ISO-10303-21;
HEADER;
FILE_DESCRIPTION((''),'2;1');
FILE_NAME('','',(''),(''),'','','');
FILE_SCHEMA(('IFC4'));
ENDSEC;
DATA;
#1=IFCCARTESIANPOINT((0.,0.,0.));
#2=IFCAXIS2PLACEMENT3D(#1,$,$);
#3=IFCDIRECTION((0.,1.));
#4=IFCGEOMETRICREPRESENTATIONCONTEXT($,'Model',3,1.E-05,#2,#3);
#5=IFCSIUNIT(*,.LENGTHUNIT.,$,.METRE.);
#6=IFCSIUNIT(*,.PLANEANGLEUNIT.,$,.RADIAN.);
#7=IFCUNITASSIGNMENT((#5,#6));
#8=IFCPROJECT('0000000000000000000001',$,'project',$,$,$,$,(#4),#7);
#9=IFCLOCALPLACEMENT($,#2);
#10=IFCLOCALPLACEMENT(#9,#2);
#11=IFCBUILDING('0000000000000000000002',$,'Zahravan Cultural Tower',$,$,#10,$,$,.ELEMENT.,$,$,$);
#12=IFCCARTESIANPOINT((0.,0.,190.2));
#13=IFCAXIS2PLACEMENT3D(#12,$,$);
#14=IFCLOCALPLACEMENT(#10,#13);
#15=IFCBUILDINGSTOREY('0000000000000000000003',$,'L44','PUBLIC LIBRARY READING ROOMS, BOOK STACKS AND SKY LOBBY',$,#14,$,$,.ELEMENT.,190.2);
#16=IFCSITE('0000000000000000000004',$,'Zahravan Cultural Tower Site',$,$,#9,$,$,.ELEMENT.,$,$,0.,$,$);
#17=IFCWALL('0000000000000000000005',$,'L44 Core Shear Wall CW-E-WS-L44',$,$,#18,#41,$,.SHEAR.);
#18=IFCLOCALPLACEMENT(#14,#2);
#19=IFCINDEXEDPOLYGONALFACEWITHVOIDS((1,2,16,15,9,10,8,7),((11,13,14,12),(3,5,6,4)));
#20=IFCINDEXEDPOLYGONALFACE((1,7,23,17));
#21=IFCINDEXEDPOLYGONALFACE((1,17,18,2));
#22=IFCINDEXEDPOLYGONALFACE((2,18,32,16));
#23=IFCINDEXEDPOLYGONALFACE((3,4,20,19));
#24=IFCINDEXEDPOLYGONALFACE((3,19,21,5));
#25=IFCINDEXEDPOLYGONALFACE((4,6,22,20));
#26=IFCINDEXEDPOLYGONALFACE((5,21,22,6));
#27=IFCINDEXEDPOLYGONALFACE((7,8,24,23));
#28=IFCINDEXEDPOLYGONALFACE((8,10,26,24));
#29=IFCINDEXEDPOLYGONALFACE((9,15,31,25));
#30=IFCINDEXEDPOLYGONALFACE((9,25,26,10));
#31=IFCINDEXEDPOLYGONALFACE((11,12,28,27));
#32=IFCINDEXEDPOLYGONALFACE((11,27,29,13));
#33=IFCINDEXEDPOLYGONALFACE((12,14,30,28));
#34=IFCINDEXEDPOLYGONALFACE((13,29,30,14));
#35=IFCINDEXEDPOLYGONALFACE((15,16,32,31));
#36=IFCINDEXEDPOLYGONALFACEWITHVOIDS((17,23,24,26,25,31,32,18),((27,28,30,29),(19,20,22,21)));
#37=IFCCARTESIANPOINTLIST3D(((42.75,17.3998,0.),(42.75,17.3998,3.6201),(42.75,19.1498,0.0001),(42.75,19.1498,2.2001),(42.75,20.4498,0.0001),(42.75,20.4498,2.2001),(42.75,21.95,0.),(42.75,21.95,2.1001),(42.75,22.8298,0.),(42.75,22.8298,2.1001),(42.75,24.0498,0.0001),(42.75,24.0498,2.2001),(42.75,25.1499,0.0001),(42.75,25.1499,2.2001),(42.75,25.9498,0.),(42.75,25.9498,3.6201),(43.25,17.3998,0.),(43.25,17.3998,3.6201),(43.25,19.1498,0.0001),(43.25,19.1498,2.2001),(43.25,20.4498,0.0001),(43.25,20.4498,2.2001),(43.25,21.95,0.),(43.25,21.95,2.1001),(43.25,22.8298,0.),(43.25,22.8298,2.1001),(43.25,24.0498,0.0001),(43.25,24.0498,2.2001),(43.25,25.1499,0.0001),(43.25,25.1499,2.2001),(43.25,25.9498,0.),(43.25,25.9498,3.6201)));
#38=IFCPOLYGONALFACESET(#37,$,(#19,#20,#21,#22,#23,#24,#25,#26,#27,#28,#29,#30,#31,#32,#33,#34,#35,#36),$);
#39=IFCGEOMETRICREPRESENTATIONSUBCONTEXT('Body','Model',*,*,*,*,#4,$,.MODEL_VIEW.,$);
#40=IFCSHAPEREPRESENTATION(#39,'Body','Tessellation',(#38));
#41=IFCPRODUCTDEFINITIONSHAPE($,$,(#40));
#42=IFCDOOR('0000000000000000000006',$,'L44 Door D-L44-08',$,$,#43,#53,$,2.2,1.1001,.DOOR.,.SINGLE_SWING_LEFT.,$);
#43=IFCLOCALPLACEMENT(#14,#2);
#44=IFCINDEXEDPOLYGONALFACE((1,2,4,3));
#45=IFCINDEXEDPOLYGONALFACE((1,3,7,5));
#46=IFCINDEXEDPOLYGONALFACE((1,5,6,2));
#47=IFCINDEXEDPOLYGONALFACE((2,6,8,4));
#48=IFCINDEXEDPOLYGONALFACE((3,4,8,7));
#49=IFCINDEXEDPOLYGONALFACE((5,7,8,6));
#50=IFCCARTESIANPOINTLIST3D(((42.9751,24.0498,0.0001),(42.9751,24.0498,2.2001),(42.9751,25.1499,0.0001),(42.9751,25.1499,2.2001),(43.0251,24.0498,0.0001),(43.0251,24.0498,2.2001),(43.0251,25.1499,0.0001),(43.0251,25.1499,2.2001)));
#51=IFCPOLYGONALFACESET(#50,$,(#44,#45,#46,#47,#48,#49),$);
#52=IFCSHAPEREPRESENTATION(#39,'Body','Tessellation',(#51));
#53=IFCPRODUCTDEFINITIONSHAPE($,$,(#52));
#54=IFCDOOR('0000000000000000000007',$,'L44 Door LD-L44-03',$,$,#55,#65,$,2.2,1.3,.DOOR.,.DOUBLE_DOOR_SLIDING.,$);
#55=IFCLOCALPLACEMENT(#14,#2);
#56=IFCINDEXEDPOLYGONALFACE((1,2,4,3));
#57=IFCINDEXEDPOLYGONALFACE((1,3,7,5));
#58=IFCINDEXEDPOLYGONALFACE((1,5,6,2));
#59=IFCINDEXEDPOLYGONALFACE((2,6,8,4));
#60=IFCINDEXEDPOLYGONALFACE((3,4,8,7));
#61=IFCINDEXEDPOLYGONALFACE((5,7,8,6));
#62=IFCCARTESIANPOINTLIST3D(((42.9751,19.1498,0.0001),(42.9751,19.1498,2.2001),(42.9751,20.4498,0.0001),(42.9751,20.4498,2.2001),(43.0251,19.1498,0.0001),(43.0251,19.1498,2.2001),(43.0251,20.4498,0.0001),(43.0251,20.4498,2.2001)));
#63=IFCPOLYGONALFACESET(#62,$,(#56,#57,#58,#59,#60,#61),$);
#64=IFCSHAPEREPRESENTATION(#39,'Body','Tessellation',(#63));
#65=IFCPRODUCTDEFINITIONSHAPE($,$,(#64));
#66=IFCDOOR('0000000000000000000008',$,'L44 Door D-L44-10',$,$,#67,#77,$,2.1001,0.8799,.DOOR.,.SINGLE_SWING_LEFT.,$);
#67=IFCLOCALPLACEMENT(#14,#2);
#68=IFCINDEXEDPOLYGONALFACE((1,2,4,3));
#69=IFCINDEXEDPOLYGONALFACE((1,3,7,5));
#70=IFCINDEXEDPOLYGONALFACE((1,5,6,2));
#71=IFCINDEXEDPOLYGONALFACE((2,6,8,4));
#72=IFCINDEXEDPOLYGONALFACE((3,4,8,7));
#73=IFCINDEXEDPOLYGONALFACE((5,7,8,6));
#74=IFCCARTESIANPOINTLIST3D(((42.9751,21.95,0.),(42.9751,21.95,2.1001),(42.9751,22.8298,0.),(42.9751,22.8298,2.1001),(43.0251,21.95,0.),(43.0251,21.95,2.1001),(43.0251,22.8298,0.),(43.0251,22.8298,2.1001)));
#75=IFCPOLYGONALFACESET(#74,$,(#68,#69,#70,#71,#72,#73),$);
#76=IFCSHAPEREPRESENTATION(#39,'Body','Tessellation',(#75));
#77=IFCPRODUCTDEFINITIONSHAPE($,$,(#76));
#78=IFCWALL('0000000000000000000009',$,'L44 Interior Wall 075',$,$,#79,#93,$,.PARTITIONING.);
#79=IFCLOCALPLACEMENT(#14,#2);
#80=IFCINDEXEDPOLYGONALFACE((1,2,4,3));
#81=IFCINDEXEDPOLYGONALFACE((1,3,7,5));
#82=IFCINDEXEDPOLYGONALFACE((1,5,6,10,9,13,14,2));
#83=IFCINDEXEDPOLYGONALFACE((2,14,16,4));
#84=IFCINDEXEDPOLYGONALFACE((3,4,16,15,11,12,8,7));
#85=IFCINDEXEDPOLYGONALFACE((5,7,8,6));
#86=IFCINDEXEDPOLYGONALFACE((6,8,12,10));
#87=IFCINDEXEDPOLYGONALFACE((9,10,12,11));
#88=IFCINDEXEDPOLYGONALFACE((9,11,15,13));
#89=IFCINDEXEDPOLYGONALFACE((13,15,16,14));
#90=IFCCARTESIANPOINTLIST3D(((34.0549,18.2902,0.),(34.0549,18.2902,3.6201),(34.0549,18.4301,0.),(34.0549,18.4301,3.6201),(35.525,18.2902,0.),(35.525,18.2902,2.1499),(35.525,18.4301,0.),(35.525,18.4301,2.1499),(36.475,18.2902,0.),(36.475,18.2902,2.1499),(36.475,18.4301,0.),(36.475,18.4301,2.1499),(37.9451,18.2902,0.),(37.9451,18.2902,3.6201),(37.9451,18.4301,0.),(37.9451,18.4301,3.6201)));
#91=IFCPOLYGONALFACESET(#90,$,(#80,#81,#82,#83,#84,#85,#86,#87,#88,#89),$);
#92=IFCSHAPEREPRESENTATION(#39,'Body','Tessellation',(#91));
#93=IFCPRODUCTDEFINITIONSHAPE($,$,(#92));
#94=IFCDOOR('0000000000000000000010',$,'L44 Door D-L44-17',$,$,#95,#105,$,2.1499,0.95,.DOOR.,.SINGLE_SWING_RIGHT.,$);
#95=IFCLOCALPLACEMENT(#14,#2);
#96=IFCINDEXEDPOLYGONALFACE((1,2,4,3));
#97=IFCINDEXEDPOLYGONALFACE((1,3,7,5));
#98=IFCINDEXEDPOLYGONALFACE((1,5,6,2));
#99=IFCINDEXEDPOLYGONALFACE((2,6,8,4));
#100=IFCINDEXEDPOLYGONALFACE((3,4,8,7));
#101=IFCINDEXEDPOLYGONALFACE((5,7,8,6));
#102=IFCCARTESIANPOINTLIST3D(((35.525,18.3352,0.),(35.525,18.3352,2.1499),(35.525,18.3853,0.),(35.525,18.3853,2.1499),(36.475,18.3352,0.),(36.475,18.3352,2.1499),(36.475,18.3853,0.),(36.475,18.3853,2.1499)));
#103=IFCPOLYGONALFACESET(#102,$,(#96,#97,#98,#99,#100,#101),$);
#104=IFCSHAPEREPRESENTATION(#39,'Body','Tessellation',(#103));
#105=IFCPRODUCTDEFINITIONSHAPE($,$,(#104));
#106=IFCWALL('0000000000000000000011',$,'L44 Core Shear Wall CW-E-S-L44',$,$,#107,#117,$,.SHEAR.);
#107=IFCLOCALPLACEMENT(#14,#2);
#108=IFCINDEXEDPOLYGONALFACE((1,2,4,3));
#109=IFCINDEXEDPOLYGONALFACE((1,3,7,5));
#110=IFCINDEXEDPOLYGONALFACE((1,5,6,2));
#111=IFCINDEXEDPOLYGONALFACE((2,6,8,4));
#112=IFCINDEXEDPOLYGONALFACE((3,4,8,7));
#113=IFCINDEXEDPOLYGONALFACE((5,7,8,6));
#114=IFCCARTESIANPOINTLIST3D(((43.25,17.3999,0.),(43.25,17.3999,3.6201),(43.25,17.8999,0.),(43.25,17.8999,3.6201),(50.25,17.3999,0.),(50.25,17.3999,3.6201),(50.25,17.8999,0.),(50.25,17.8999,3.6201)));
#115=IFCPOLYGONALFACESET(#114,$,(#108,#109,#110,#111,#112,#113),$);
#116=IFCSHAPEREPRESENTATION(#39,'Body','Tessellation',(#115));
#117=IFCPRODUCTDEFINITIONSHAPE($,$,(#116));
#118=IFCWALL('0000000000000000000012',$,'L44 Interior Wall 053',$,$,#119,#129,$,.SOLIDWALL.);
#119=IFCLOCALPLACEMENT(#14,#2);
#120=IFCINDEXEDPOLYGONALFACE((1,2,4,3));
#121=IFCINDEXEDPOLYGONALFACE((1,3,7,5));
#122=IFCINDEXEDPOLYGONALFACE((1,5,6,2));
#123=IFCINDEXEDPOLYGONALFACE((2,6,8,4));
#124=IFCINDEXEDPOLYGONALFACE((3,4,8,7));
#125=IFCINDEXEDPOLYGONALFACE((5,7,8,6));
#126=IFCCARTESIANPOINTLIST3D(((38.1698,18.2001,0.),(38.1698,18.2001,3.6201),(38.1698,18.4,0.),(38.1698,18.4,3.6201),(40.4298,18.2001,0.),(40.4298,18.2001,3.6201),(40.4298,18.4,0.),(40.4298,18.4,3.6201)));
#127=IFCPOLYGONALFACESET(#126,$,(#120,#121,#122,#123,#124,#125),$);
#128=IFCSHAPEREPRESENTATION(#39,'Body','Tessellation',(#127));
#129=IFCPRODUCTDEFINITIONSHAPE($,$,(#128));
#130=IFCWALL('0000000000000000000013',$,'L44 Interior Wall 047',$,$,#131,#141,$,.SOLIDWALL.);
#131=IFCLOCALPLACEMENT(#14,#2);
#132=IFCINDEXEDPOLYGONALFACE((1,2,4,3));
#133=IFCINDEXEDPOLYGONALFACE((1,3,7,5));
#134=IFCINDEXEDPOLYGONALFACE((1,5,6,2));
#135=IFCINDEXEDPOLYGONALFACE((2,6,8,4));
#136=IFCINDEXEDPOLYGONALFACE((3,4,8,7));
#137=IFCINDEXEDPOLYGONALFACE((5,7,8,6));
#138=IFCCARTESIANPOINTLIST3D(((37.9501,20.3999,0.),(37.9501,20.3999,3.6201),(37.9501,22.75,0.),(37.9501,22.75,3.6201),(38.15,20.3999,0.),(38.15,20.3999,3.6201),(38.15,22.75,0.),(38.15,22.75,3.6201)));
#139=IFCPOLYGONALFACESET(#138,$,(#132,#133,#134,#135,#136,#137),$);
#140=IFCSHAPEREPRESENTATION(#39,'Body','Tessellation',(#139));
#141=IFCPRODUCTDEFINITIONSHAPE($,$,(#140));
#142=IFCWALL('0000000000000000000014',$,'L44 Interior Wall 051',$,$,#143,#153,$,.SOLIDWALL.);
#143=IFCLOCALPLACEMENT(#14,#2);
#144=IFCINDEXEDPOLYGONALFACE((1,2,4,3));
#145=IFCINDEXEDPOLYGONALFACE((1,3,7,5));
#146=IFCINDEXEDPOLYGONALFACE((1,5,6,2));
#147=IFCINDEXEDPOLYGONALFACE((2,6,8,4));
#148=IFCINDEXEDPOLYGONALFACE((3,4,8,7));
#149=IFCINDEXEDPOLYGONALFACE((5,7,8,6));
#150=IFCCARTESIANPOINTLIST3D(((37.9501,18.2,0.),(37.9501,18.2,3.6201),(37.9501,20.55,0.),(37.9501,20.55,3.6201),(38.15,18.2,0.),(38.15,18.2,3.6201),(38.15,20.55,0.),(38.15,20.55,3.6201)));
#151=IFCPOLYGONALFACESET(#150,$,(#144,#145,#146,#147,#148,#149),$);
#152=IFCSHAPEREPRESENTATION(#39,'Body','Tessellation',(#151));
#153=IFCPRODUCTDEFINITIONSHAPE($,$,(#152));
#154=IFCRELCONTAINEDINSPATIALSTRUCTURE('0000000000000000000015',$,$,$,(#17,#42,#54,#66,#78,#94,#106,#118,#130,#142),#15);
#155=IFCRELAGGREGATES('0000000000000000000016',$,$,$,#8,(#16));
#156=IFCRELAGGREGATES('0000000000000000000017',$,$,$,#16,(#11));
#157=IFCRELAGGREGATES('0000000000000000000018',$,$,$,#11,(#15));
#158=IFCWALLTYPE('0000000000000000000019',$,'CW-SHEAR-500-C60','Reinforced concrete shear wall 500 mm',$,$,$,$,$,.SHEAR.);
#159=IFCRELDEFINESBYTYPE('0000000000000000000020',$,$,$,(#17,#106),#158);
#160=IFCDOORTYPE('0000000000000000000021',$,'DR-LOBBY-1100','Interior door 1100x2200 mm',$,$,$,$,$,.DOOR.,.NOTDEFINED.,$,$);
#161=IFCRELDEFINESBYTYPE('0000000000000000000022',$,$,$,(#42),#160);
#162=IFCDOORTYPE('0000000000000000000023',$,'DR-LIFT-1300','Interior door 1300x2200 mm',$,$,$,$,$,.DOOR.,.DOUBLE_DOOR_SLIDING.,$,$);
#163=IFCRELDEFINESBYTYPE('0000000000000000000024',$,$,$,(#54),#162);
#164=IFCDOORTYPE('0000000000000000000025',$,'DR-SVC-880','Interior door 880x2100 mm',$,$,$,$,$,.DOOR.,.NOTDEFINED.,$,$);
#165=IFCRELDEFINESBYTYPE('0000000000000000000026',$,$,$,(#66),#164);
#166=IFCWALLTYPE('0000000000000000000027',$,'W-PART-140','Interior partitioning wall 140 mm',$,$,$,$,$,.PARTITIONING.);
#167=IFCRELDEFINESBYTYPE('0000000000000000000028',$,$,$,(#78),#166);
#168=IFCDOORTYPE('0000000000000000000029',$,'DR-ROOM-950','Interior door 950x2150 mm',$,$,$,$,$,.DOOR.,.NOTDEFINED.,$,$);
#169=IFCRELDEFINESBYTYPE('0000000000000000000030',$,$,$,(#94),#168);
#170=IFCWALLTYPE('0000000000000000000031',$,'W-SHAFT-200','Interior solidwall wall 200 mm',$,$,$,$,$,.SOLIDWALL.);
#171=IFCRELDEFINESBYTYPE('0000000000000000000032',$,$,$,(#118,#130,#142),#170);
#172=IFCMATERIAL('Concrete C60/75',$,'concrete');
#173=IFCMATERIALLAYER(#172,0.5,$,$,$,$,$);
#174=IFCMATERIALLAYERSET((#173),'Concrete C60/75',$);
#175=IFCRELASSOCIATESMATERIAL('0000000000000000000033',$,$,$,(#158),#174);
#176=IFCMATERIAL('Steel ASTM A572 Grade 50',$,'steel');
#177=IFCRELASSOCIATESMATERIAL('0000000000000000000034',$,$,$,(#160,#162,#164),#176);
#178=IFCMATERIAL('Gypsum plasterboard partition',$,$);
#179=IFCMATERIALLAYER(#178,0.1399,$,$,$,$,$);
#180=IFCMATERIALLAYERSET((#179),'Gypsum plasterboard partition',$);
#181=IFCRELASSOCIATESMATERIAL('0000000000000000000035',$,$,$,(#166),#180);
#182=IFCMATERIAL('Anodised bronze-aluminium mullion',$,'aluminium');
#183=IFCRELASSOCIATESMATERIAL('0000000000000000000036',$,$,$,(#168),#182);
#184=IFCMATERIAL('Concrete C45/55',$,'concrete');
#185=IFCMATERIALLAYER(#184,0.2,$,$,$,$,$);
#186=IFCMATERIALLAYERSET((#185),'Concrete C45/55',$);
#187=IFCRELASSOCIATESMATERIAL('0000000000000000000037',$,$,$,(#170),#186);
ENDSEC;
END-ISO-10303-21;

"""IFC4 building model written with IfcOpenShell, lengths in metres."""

from ifc_helpers import new_model, si_unit, direction, frame, frame_2d, origin, place, context, subcontext, project, spatial, rectangle, extrude, source, transform, mapped, material, layer, layer_set, type_object, element, fill, save


model = new_model("IFC4")

# Units and contexts
model_context = context("Model", 3, precision=1e-05, world=origin(), true_north=direction((0.0, 1.0)))
body_context = subcontext(model_context, "Body", "Model", "MODEL_VIEW")
ifc_project = project(units=[si_unit("LENGTHUNIT", "METRE"), si_unit("PLANEANGLEUNIT", "RADIAN")], contexts=[model_context])

# Site, building, storey
site_placement = place(None, origin())
site = spatial("IfcSite", under=ifc_project, at=site_placement, Name="Zahravan Cultural Tower Site", CompositionType="ELEMENT", RefElevation=0.0)
building_placement = place(site_placement, origin())
building = spatial("IfcBuilding", under=site, at=building_placement, Name="Zahravan Cultural Tower", CompositionType="ELEMENT")
storey_placement = place(building_placement, frame((0.0, 0.0, 190.2)))
storey = spatial("IfcBuildingStorey", under=building, at=storey_placement, Name="L44", Description="PUBLIC LIBRARY READING ROOMS, BOOK STACKS AND SKY LOBBY", CompositionType="ELEMENT", Elevation=190.2)

# Wall, openings, doors
ifc_material_1 = material(Name="Concrete C60/75", Category="concrete")
ifc_layer_1 = layer(ifc_material_1, 0.5)
ifc_layer_set_1 = layer_set([ifc_layer_1], Name="Concrete C60/75")
wall_type_1 = type_object("IfcWallType", Name="CW-SHEAR-500-C60", Description="Reinforced concrete shear wall 500 mm", PredefinedType="SHEAR", material=ifc_layer_set_1)
wall_1_placement = place(storey_placement, frame((43.0, 17.3999, 0.0), z_axis=(0.0, 0.0, 1.0), x_axis=(0.0, 1.0, 0.0)))
wall_1 = element("IfcWall", 1, at=wall_1_placement, inside=storey, type_object=wall_type_1, Name="L44 Core Shear Wall CW-E-WS-L44", PredefinedType="SHEAR", context=body_context, shape_type="SweptSolid", body=[
    extrude(rectangle(XDim=8.55, YDim=0.5, at=frame_2d((4.2749, 0.0))), origin(), (0.0, 0.0, 1.0), 3.6201),
])
opening_1_placement = place(wall_1_placement, frame((6.6499, 0.0, 0.0)))
opening_1 = element("IfcOpeningElement", 2, at=opening_1_placement, cuts=wall_1, PredefinedType="OPENING", context=body_context, shape_type="SweptSolid", body=[
    extrude(rectangle(XDim=1.1001, YDim=2.2, at=frame_2d((0.55, 1.1001))), frame((0.0, 0.26, 0.0), z_axis=(0.0, -1.0, 0.0), x_axis=(1.0, 0.0, 0.0)), (0.0, 0.0, 1.0), 0.52),
])
opening_2_placement = place(wall_1_placement, frame((1.75, 0.0, 0.0)))
opening_2 = element("IfcOpeningElement", 3, at=opening_2_placement, cuts=wall_1, PredefinedType="OPENING", context=body_context, shape_type="SweptSolid", body=[
    extrude(rectangle(XDim=1.3, YDim=2.2, at=frame_2d((0.6499, 1.1001))), frame((0.0, 0.26, 0.0), z_axis=(0.0, -1.0, 0.0), x_axis=(1.0, 0.0, 0.0)), (0.0, 0.0, 1.0), 0.52),
])
opening_3_placement = place(wall_1_placement, frame((4.55, 0.0, 0.0)))
opening_3 = element("IfcOpeningElement", 4, at=opening_3_placement, cuts=wall_1, PredefinedType="OPENING", context=body_context, shape_type="SweptSolid", body=[
    extrude(rectangle(XDim=0.8799, YDim=2.1001, at=frame_2d((0.4399, 1.05))), frame((0.0, 0.26, 0.0), z_axis=(0.0, -1.0, 0.0), x_axis=(1.0, 0.0, 0.0)), (0.0, 0.0, 1.0), 0.52),
])
ifc_material_2 = material(Name="Steel ASTM A572 Grade 50", Category="steel")
door_type_1 = type_object("IfcDoorType", Name="DR-LOBBY-1100", Description="Interior door 1100x2200 mm", OperationType="NOTDEFINED", PredefinedType="DOOR", material=ifc_material_2)
shared_shape_1 = source(origin(), body_context, "Body", "SweptSolid", [
    extrude(rectangle(XDim=1.1001, YDim=2.2, at=frame_2d((0.55, 1.1001))), frame((0.0, 0.0249, 0.0), z_axis=(0.0, -1.0, 0.0), x_axis=(1.0, 0.0, 0.0)), (0.0, 0.0, 1.0), 0.05),
])
door_1_placement = place(opening_1_placement, origin())
door_1 = element("IfcDoor", 5, at=door_1_placement, inside=storey, type_object=door_type_1, Name="L44 Door D-L44-08", OperationType="SINGLE_SWING_LEFT", OverallHeight=2.2, OverallWidth=1.1001, PredefinedType="DOOR", context=body_context, shape_type="MappedRepresentation", body=[
    mapped(shared_shape_1, transform((0.0, 0.0, 0.0), x_axis=(1.0, 0.0, 0.0), y_axis=(0.0, 1.0, 0.0), z_axis=(0.0, 0.0, 1.0), scale=1.0)),
])
fill(opening_1, door_1)
door_type_2 = type_object("IfcDoorType", Name="DR-LIFT-1300", Description="Interior door 1300x2200 mm", OperationType="DOUBLE_DOOR_SLIDING", PredefinedType="DOOR", material=ifc_material_2)
shared_shape_2 = source(origin(), body_context, "Body", "SweptSolid", [
    extrude(rectangle(XDim=1.3, YDim=2.2, at=frame_2d((0.6499, 1.1001))), frame((0.0, 0.0249, 0.0), z_axis=(0.0, -1.0, 0.0), x_axis=(1.0, 0.0, 0.0)), (0.0, 0.0, 1.0), 0.05),
])
door_2_placement = place(opening_2_placement, origin())
door_2 = element("IfcDoor", 6, at=door_2_placement, inside=storey, type_object=door_type_2, Name="L44 Door LD-L44-03", OperationType="DOUBLE_DOOR_SLIDING", OverallHeight=2.2, OverallWidth=1.3, PredefinedType="DOOR", context=body_context, shape_type="MappedRepresentation", body=[
    mapped(shared_shape_2, transform((0.0, 0.0, 0.0), x_axis=(1.0, 0.0, 0.0), y_axis=(0.0, 1.0, 0.0), z_axis=(0.0, 0.0, 1.0), scale=1.0)),
])
fill(opening_2, door_2)
door_type_3 = type_object("IfcDoorType", Name="DR-SVC-880", Description="Interior door 880x2100 mm", OperationType="NOTDEFINED", PredefinedType="DOOR", material=ifc_material_2)
shared_shape_3 = source(origin(), body_context, "Body", "SweptSolid", [
    extrude(rectangle(XDim=0.8799, YDim=2.1001, at=frame_2d((0.4399, 1.05))), frame((0.0, 0.0249, 0.0), z_axis=(0.0, -1.0, 0.0), x_axis=(1.0, 0.0, 0.0)), (0.0, 0.0, 1.0), 0.05),
])
door_3_placement = place(opening_3_placement, origin())
door_3 = element("IfcDoor", 7, at=door_3_placement, inside=storey, type_object=door_type_3, Name="L44 Door D-L44-10", OperationType="SINGLE_SWING_LEFT", OverallHeight=2.1001, OverallWidth=0.8799, PredefinedType="DOOR", context=body_context, shape_type="MappedRepresentation", body=[
    mapped(shared_shape_3, transform((0.0, 0.0, 0.0), x_axis=(1.0, 0.0, 0.0), y_axis=(0.0, 1.0, 0.0), z_axis=(0.0, 0.0, 1.0), scale=1.0)),
])
fill(opening_3, door_3)

# Wall, opening, door
ifc_material_3 = material(Name="Gypsum plasterboard partition")
ifc_layer_2 = layer(ifc_material_3, 0.1399)
ifc_layer_set_2 = layer_set([ifc_layer_2], Name="Gypsum plasterboard partition")
wall_type_2 = type_object("IfcWallType", Name="W-PART-140", Description="Interior partitioning wall 140 mm", PredefinedType="PARTITIONING", material=ifc_layer_set_2)
wall_2_placement = place(storey_placement, frame((37.9451, 18.3601, 0.0), z_axis=(0.0, 0.0, 1.0), x_axis=(-1.0, 0.0, 0.0)))
wall_2 = element("IfcWall", 8, at=wall_2_placement, inside=storey, type_object=wall_type_2, Name="L44 Interior Wall 075", PredefinedType="PARTITIONING", context=body_context, shape_type="SweptSolid", body=[
    extrude(rectangle(XDim=3.8901, YDim=0.1399, at=frame_2d((1.9451, 0.0))), origin(), (0.0, 0.0, 1.0), 3.6201),
])
opening_4_placement = place(wall_2_placement, frame((1.47, 0.0, 0.0)))
opening_4 = element("IfcOpeningElement", 9, at=opening_4_placement, cuts=wall_2, PredefinedType="OPENING", context=body_context, shape_type="SweptSolid", body=[
    extrude(rectangle(XDim=0.95, YDim=2.1499, at=frame_2d((0.4751, 1.075))), frame((0.0, 0.0798, 0.0), z_axis=(0.0, -1.0, 0.0), x_axis=(1.0, 0.0, 0.0)), (0.0, 0.0, 1.0), 0.1599),
])
ifc_material_4 = material(Name="Anodised bronze-aluminium mullion", Category="aluminium")
door_type_4 = type_object("IfcDoorType", Name="DR-ROOM-950", Description="Interior door 950x2150 mm", OperationType="NOTDEFINED", PredefinedType="DOOR", material=ifc_material_4)
shared_shape_4 = source(origin(), body_context, "Body", "SweptSolid", [
    extrude(rectangle(XDim=0.95, YDim=2.1499, at=frame_2d((0.4751, 1.075))), frame((0.0, 0.0249, 0.0), z_axis=(0.0, -1.0, 0.0), x_axis=(1.0, 0.0, 0.0)), (0.0, 0.0, 1.0), 0.05),
])
door_4_placement = place(opening_4_placement, origin())
door_4 = element("IfcDoor", 10, at=door_4_placement, inside=storey, type_object=door_type_4, Name="L44 Door D-L44-17", OperationType="SINGLE_SWING_RIGHT", OverallHeight=2.1499, OverallWidth=0.95, PredefinedType="DOOR", context=body_context, shape_type="MappedRepresentation", body=[
    mapped(shared_shape_4, transform((0.0, 0.0, 0.0), x_axis=(1.0, 0.0, 0.0), y_axis=(0.0, 1.0, 0.0), z_axis=(0.0, 0.0, 1.0), scale=1.0)),
])
fill(opening_4, door_4)
ifc_material_5 = material(Name="Concrete C45/55", Category="concrete")
ifc_layer_3 = layer(ifc_material_5, 0.2)
ifc_layer_set_3 = layer_set([ifc_layer_3], Name="Concrete C45/55")
wall_type_3 = type_object("IfcWallType", Name="W-SHAFT-200", Description="Interior solidwall wall 200 mm", PredefinedType="SOLIDWALL", material=ifc_layer_set_3)

# Walls
shared_shape_5 = source(origin(), body_context, "Body", "SweptSolid", [
    extrude(rectangle(XDim=7.0, YDim=0.5, at=frame_2d((3.5, 0.0))), origin(), (0.0, 0.0, 1.0), 3.6201),
])
wall_3_placement = place(storey_placement, frame((43.25, 17.6499, 0.0), z_axis=(0.0, 0.0, 1.0), x_axis=(1.0, 0.0, 0.0)))
element("IfcWall", 11, at=wall_3_placement, inside=storey, type_object=wall_type_1, Name="L44 Core Shear Wall CW-E-S-L44", PredefinedType="SHEAR", context=body_context, shape_type="MappedRepresentation", body=[
    mapped(shared_shape_5, transform((0.0, 0.0, 0.0), x_axis=(1.0, 0.0, 0.0), y_axis=(0.0, 1.0, 0.0), z_axis=(0.0, 0.0, 1.0), scale=1.0)),
])
shared_shape_6 = source(origin(), body_context, "Body", "SweptSolid", [
    extrude(rectangle(XDim=2.26, YDim=0.2, at=frame_2d((1.1299, 0.0))), origin(), (0.0, 0.0, 1.0), 3.6201),
])
wall_4_placement = place(storey_placement, frame((38.1699, 18.3, 0.0), z_axis=(0.0, 0.0, 1.0), x_axis=(1.0, 0.0, 0.0)))
element("IfcWall", 12, at=wall_4_placement, inside=storey, type_object=wall_type_3, Name="L44 Interior Wall 053", PredefinedType="SOLIDWALL", context=body_context, shape_type="MappedRepresentation", body=[
    mapped(shared_shape_6, transform((0.0, 0.0, 0.0), x_axis=(1.0, 0.0, 0.0), y_axis=(0.0, 1.0, 0.0), z_axis=(0.0, 0.0, 1.0), scale=1.0)),
])
shared_shape_7 = source(origin(), body_context, "Body", "SweptSolid", [
    extrude(rectangle(XDim=2.3501, YDim=0.2, at=frame_2d((1.175, 0.0))), origin(), (0.0, 0.0, 1.0), 3.6201),
])
for number, where, z_axis, x_axis, name in (
    (13, (38.05, 20.3999, 0.0), (0.0, 0.0, 1.0), (0.0, 1.0, 0.0), "L44 Interior Wall 047"),
    (14, (38.05, 18.2, 0.0), (0.0, 0.0, 1.0), (0.0, 1.0, 0.0), "L44 Interior Wall 051"),
):
    element("IfcWall", number, at=place(storey_placement, frame(where, z_axis=z_axis, x_axis=x_axis)), inside=storey, type_object=wall_type_3, Name=name, PredefinedType="SOLIDWALL", context=body_context, shape_type="MappedRepresentation", body=[
        mapped(shared_shape_7, transform((0.0, 0.0, 0.0), x_axis=(1.0, 0.0, 0.0), y_axis=(0.0, 1.0, 0.0), z_axis=(0.0, 0.0, 1.0), scale=1.0)),
    ])

save(model, "model.ifc")
